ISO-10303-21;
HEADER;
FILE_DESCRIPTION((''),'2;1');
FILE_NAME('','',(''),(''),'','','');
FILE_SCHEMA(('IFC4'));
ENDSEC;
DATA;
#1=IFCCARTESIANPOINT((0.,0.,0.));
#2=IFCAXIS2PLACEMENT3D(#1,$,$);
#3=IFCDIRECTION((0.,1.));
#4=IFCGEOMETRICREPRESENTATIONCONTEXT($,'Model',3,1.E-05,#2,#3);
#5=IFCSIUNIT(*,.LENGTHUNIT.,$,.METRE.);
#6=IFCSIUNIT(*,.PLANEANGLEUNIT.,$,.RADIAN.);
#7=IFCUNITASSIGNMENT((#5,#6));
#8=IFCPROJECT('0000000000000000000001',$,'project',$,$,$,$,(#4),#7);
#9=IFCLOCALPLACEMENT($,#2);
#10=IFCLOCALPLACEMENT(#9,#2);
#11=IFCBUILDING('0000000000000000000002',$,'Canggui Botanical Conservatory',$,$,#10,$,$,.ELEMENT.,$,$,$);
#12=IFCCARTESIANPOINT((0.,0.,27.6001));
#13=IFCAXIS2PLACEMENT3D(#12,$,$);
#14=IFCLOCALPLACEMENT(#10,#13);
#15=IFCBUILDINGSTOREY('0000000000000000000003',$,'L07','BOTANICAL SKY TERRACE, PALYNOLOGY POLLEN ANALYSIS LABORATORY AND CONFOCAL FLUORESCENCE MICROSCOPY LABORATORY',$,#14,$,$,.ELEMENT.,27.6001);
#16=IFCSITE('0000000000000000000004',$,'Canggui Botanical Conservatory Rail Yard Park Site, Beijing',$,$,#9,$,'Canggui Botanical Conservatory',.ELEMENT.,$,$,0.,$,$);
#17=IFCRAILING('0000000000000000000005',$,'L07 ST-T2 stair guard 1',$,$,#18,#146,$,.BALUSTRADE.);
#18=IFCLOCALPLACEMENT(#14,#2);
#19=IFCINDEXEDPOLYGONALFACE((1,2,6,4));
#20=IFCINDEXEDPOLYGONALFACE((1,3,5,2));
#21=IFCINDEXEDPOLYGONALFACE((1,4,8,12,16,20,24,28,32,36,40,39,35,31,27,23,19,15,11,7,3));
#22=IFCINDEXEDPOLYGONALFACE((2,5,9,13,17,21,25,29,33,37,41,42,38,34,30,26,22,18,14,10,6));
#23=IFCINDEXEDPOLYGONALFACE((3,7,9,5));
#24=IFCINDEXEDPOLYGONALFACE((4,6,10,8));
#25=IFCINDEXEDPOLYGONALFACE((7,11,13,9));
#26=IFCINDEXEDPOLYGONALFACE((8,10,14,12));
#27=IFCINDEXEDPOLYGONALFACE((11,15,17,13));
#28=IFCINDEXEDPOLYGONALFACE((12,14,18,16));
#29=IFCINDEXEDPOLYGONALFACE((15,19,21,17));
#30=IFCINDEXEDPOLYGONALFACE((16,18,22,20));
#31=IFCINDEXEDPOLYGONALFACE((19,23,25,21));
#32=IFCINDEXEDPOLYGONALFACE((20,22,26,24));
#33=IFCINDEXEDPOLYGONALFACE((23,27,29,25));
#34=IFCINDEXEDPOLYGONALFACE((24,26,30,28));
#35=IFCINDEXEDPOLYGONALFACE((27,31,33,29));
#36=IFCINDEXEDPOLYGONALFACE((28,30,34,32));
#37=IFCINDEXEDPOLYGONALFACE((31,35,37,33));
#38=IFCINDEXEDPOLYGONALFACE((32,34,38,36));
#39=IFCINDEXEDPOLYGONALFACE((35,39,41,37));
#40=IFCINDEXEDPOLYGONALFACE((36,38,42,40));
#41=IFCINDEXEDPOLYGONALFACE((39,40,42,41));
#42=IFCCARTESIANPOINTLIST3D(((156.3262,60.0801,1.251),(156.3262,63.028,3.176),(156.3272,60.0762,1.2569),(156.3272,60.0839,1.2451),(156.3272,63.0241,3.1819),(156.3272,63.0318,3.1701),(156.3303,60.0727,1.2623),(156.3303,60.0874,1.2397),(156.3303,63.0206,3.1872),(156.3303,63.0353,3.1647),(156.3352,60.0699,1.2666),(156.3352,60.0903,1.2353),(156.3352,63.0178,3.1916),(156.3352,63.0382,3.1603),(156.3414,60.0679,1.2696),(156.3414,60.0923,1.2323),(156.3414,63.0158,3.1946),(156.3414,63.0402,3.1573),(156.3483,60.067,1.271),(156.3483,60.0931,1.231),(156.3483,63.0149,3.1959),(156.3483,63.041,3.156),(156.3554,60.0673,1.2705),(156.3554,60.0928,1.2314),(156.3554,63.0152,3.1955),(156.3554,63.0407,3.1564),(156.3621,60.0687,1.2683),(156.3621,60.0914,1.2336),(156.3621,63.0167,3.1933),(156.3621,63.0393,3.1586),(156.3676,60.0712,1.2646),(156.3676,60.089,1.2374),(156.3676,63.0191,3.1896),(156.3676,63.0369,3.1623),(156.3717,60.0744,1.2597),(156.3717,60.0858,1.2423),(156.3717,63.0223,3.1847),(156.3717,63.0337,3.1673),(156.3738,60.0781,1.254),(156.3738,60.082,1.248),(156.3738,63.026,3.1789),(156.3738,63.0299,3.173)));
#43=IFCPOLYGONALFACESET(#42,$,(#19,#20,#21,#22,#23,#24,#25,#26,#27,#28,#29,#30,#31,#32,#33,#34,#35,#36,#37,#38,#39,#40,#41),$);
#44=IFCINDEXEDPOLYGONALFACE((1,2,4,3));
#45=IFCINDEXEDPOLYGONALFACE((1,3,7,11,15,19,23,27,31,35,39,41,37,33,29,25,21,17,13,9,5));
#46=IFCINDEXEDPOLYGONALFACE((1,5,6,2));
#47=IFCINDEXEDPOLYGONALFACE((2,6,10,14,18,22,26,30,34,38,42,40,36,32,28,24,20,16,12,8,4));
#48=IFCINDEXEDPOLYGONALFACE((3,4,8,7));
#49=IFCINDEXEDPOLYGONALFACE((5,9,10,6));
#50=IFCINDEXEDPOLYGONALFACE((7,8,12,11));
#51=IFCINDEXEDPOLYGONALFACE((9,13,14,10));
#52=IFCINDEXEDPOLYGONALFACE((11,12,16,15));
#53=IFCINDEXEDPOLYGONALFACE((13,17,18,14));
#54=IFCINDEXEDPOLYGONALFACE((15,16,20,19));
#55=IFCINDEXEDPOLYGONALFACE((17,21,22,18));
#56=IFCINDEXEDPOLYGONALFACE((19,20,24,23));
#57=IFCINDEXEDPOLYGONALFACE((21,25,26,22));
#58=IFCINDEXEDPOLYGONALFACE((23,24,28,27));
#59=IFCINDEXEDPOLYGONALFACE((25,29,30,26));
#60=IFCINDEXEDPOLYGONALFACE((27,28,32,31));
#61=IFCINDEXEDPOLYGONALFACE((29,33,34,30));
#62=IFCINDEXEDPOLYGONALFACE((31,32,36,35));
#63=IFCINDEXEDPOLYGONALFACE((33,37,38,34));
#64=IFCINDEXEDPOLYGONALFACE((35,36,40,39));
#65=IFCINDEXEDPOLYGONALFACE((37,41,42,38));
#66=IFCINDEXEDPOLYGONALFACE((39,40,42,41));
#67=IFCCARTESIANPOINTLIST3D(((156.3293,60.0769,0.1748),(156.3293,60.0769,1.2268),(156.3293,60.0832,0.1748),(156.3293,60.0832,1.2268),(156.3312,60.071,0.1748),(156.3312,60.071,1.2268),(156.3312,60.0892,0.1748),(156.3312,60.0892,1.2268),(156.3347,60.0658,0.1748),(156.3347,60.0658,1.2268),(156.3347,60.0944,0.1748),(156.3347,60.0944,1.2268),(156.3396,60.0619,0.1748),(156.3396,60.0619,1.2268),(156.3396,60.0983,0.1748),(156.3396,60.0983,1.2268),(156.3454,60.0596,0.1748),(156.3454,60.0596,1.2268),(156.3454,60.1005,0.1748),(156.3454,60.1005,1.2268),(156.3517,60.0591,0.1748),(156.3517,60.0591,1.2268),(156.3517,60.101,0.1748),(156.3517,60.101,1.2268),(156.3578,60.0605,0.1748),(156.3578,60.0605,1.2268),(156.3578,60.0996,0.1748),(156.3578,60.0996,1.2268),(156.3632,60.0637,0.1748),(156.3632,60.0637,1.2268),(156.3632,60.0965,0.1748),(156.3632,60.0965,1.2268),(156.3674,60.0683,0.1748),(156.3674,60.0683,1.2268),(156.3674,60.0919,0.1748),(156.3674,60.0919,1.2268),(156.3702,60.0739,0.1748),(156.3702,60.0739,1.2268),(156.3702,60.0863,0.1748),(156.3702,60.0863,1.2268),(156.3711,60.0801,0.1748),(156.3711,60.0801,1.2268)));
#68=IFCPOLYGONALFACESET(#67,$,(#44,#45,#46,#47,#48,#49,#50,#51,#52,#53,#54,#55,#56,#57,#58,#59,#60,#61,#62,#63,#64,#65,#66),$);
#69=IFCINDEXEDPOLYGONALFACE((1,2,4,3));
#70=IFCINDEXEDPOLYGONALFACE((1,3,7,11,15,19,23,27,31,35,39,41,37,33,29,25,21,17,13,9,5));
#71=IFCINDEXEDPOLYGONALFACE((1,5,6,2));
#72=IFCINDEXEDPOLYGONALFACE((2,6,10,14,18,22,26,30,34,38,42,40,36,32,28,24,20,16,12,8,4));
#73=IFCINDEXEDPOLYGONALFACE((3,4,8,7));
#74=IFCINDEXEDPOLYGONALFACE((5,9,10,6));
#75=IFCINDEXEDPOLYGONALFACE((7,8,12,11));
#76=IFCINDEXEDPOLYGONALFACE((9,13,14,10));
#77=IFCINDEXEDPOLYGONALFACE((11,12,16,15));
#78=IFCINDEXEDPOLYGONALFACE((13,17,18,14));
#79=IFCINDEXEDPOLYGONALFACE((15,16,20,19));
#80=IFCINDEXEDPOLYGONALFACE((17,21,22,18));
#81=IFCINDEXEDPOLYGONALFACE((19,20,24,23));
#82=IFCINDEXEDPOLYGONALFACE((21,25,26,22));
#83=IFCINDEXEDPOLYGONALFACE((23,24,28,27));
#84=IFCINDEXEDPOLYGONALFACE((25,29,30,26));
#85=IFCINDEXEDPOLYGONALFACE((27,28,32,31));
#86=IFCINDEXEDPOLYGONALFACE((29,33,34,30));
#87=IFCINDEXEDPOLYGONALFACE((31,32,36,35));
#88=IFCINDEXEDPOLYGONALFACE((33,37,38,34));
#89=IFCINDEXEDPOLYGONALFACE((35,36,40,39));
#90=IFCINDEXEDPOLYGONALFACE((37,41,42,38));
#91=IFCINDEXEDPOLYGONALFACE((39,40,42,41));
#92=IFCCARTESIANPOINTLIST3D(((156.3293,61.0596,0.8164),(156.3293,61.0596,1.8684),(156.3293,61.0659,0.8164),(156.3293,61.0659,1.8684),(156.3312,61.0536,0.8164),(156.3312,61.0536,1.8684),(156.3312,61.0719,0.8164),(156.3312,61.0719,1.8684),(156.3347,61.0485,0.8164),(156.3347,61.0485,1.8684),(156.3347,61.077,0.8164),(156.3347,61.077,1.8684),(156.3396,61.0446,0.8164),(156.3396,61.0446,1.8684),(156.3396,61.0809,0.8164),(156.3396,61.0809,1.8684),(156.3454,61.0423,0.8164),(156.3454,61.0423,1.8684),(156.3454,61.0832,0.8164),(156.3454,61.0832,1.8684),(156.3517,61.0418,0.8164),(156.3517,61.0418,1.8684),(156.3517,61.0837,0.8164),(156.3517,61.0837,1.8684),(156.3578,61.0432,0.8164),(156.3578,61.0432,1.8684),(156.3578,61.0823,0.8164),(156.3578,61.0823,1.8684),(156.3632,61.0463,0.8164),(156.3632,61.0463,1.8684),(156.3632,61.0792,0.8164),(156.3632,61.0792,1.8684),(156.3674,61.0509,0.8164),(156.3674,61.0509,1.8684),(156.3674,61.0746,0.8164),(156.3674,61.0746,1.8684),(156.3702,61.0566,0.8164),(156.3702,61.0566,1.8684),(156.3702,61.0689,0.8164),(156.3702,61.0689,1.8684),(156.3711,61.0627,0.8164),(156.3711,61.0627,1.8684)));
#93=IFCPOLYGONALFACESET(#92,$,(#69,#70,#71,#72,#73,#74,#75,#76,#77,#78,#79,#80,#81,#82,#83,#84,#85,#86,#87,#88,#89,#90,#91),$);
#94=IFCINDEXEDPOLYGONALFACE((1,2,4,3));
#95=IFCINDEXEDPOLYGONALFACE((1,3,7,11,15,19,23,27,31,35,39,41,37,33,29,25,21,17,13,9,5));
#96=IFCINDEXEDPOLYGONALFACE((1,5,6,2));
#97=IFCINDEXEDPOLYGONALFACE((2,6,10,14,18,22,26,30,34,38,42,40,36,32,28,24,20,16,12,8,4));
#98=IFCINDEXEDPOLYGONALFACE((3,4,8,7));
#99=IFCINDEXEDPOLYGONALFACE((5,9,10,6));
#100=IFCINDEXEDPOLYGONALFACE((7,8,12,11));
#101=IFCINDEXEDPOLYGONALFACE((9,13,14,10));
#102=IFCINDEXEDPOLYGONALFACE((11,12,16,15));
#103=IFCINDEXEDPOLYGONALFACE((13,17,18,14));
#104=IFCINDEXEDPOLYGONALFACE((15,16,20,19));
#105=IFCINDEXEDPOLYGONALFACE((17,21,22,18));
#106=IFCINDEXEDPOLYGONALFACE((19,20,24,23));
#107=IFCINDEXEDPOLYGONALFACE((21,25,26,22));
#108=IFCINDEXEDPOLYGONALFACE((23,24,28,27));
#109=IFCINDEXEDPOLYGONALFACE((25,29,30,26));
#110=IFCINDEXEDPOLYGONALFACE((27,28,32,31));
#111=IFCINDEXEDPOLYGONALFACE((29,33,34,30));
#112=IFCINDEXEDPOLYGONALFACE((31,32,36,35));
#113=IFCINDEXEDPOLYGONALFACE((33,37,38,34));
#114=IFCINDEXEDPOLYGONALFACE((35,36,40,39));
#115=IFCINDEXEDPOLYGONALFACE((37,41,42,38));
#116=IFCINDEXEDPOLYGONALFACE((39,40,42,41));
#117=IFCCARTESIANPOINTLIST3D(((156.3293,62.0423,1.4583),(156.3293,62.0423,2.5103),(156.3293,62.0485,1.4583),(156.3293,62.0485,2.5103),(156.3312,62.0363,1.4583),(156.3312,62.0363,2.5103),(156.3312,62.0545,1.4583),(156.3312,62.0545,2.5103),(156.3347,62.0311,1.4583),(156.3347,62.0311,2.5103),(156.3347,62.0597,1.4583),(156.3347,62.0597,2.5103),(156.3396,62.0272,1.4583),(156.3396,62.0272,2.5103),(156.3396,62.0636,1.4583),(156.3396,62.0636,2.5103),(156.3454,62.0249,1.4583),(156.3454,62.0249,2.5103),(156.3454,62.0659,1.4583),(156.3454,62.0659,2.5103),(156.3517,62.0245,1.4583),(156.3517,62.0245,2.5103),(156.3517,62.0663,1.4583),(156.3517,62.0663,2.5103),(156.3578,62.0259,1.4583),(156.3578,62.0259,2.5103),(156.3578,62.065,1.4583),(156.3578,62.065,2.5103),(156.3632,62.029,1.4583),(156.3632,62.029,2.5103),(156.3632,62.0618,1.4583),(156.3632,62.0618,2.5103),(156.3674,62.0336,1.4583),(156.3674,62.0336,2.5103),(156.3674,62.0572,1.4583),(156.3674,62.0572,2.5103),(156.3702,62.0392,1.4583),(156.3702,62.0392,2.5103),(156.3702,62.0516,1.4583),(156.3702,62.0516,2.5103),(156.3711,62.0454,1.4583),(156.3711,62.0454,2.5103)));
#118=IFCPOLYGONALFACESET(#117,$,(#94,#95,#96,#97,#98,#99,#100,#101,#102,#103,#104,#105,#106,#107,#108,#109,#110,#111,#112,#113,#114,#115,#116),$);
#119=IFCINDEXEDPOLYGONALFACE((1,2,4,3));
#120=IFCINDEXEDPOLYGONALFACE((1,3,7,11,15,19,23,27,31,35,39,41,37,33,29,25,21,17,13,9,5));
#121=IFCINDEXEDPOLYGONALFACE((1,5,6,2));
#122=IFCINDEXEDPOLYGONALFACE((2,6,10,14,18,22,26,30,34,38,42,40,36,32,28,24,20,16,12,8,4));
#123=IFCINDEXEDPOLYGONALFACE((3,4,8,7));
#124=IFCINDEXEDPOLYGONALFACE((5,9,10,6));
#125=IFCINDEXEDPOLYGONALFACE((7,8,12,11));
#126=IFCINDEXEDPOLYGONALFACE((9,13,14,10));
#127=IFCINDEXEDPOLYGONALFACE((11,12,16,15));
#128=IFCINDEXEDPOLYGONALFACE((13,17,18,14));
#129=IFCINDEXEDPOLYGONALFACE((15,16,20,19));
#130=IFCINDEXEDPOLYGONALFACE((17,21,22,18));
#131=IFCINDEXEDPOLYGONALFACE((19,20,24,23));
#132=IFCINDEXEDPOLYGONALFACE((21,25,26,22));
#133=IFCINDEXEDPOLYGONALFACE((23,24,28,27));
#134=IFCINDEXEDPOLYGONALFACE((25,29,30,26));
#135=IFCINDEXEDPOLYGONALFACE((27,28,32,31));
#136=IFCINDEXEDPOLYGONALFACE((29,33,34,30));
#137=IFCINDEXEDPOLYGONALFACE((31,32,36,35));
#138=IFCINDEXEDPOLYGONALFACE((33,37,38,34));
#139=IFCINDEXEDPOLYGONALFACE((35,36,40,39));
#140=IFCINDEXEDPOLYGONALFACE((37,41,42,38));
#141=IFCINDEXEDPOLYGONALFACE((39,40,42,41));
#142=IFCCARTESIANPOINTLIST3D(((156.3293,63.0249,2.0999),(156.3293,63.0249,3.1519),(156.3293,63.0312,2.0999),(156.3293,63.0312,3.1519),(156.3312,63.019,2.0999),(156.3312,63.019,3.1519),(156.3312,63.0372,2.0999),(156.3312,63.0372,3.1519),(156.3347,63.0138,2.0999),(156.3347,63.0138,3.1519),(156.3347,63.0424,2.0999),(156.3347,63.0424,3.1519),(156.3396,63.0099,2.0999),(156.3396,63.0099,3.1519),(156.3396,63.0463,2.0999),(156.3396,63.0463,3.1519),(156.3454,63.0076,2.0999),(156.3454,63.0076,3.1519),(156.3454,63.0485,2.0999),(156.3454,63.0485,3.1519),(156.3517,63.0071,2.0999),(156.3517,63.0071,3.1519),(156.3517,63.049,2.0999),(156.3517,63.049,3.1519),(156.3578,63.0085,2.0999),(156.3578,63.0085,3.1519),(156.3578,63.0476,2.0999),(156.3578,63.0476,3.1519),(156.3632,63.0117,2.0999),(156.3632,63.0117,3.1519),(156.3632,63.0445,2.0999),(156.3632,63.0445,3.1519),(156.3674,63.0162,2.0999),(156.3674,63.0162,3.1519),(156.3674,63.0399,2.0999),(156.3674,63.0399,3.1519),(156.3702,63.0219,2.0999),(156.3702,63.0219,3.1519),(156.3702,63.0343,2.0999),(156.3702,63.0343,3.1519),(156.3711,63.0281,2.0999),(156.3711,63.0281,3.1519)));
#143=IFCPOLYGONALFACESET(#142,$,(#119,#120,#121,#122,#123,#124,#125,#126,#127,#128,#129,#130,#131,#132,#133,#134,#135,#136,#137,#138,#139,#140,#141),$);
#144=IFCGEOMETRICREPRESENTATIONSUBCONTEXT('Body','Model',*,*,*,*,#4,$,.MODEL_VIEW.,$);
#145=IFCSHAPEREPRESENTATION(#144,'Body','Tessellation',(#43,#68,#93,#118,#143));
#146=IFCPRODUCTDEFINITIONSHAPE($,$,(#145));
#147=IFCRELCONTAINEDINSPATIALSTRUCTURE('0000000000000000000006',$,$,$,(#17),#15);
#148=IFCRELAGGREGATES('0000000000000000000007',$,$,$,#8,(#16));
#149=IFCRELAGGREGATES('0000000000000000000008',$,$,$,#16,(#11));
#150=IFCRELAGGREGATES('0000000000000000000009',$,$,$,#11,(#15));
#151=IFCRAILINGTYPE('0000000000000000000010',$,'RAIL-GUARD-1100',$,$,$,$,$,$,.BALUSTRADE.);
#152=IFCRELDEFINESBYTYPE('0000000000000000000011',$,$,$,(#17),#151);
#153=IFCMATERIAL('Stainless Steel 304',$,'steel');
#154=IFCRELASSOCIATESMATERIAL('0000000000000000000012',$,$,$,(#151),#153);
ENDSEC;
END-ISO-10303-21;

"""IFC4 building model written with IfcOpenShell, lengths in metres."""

from ifc_helpers import new_model, si_unit, direction, frame, origin, origin_2d, place, context, subcontext, project, spatial, circle, extrude, material, type_object, element, save


model = new_model("IFC4")

# Units and contexts
model_context = context("Model", 3, precision=1e-05, world=origin(), true_north=direction((0.0, 1.0)))
body_context = subcontext(model_context, "Body", "Model", "MODEL_VIEW")
ifc_project = project(units=[si_unit("LENGTHUNIT", "METRE"), si_unit("PLANEANGLEUNIT", "RADIAN")], contexts=[model_context])

# Site, building, storey
site_placement = place(None, origin())
site = spatial("IfcSite", under=ifc_project, at=site_placement, Name="Canggui Botanical Conservatory Rail Yard Park Site, Beijing", LongName="Canggui Botanical Conservatory", CompositionType="ELEMENT", RefElevation=0.0)
building_placement = place(site_placement, origin())
building = spatial("IfcBuilding", under=site, at=building_placement, Name="Canggui Botanical Conservatory", CompositionType="ELEMENT")
storey_placement = place(building_placement, frame((0.0, 0.0, 27.6001)))
storey = spatial("IfcBuildingStorey", under=building, at=storey_placement, Name="L07", Description="BOTANICAL SKY TERRACE, PALYNOLOGY POLLEN ANALYSIS LABORATORY AND CONFOCAL FLUORESCENCE MICROSCOPY LABORATORY", CompositionType="ELEMENT", Elevation=27.6001)

# Shared definitions
ifc_material_1 = material(Name="Stainless Steel 304", Category="steel")

# Railing
railing_type = type_object("IfcRailingType", Name="RAIL-GUARD-1100", PredefinedType="BALUSTRADE", material=ifc_material_1)
railing_1_placement = place(storey_placement, frame((156.3501, 60.0801, 0.1748)))
element("IfcRailing", 1, at=railing_1_placement, inside=storey, type_object=railing_type, Name="L07 ST-T2 stair guard 1", PredefinedType="BALUSTRADE", context=body_context, shape_type="SweptSolid", body=[
    extrude(circle(Radius=0.0239, at=origin_2d()), frame((0.0, 0.0, 1.0762), z_axis=(0.0, 0.837293, 0.546754), x_axis=(-1.0, 0.0, 0.0)), (0.0, 0.0, 1.0), 3.5208),
    extrude(circle(Radius=0.021, at=origin_2d()), origin(), (0.0, 0.0, 1.0), 1.052),
    extrude(circle(Radius=0.021, at=origin_2d()), frame((0.0, 0.9827, 0.6416)), (0.0, 0.0, 1.0), 1.052),
    extrude(circle(Radius=0.021, at=origin_2d()), frame((0.0, 1.9653, 1.2834)), (0.0, 0.0, 1.0), 1.052),
    extrude(circle(Radius=0.021, at=origin_2d()), frame((0.0, 2.948, 1.925)), (0.0, 0.0, 1.0), 1.052),
])

save(model, "model.ifc")
